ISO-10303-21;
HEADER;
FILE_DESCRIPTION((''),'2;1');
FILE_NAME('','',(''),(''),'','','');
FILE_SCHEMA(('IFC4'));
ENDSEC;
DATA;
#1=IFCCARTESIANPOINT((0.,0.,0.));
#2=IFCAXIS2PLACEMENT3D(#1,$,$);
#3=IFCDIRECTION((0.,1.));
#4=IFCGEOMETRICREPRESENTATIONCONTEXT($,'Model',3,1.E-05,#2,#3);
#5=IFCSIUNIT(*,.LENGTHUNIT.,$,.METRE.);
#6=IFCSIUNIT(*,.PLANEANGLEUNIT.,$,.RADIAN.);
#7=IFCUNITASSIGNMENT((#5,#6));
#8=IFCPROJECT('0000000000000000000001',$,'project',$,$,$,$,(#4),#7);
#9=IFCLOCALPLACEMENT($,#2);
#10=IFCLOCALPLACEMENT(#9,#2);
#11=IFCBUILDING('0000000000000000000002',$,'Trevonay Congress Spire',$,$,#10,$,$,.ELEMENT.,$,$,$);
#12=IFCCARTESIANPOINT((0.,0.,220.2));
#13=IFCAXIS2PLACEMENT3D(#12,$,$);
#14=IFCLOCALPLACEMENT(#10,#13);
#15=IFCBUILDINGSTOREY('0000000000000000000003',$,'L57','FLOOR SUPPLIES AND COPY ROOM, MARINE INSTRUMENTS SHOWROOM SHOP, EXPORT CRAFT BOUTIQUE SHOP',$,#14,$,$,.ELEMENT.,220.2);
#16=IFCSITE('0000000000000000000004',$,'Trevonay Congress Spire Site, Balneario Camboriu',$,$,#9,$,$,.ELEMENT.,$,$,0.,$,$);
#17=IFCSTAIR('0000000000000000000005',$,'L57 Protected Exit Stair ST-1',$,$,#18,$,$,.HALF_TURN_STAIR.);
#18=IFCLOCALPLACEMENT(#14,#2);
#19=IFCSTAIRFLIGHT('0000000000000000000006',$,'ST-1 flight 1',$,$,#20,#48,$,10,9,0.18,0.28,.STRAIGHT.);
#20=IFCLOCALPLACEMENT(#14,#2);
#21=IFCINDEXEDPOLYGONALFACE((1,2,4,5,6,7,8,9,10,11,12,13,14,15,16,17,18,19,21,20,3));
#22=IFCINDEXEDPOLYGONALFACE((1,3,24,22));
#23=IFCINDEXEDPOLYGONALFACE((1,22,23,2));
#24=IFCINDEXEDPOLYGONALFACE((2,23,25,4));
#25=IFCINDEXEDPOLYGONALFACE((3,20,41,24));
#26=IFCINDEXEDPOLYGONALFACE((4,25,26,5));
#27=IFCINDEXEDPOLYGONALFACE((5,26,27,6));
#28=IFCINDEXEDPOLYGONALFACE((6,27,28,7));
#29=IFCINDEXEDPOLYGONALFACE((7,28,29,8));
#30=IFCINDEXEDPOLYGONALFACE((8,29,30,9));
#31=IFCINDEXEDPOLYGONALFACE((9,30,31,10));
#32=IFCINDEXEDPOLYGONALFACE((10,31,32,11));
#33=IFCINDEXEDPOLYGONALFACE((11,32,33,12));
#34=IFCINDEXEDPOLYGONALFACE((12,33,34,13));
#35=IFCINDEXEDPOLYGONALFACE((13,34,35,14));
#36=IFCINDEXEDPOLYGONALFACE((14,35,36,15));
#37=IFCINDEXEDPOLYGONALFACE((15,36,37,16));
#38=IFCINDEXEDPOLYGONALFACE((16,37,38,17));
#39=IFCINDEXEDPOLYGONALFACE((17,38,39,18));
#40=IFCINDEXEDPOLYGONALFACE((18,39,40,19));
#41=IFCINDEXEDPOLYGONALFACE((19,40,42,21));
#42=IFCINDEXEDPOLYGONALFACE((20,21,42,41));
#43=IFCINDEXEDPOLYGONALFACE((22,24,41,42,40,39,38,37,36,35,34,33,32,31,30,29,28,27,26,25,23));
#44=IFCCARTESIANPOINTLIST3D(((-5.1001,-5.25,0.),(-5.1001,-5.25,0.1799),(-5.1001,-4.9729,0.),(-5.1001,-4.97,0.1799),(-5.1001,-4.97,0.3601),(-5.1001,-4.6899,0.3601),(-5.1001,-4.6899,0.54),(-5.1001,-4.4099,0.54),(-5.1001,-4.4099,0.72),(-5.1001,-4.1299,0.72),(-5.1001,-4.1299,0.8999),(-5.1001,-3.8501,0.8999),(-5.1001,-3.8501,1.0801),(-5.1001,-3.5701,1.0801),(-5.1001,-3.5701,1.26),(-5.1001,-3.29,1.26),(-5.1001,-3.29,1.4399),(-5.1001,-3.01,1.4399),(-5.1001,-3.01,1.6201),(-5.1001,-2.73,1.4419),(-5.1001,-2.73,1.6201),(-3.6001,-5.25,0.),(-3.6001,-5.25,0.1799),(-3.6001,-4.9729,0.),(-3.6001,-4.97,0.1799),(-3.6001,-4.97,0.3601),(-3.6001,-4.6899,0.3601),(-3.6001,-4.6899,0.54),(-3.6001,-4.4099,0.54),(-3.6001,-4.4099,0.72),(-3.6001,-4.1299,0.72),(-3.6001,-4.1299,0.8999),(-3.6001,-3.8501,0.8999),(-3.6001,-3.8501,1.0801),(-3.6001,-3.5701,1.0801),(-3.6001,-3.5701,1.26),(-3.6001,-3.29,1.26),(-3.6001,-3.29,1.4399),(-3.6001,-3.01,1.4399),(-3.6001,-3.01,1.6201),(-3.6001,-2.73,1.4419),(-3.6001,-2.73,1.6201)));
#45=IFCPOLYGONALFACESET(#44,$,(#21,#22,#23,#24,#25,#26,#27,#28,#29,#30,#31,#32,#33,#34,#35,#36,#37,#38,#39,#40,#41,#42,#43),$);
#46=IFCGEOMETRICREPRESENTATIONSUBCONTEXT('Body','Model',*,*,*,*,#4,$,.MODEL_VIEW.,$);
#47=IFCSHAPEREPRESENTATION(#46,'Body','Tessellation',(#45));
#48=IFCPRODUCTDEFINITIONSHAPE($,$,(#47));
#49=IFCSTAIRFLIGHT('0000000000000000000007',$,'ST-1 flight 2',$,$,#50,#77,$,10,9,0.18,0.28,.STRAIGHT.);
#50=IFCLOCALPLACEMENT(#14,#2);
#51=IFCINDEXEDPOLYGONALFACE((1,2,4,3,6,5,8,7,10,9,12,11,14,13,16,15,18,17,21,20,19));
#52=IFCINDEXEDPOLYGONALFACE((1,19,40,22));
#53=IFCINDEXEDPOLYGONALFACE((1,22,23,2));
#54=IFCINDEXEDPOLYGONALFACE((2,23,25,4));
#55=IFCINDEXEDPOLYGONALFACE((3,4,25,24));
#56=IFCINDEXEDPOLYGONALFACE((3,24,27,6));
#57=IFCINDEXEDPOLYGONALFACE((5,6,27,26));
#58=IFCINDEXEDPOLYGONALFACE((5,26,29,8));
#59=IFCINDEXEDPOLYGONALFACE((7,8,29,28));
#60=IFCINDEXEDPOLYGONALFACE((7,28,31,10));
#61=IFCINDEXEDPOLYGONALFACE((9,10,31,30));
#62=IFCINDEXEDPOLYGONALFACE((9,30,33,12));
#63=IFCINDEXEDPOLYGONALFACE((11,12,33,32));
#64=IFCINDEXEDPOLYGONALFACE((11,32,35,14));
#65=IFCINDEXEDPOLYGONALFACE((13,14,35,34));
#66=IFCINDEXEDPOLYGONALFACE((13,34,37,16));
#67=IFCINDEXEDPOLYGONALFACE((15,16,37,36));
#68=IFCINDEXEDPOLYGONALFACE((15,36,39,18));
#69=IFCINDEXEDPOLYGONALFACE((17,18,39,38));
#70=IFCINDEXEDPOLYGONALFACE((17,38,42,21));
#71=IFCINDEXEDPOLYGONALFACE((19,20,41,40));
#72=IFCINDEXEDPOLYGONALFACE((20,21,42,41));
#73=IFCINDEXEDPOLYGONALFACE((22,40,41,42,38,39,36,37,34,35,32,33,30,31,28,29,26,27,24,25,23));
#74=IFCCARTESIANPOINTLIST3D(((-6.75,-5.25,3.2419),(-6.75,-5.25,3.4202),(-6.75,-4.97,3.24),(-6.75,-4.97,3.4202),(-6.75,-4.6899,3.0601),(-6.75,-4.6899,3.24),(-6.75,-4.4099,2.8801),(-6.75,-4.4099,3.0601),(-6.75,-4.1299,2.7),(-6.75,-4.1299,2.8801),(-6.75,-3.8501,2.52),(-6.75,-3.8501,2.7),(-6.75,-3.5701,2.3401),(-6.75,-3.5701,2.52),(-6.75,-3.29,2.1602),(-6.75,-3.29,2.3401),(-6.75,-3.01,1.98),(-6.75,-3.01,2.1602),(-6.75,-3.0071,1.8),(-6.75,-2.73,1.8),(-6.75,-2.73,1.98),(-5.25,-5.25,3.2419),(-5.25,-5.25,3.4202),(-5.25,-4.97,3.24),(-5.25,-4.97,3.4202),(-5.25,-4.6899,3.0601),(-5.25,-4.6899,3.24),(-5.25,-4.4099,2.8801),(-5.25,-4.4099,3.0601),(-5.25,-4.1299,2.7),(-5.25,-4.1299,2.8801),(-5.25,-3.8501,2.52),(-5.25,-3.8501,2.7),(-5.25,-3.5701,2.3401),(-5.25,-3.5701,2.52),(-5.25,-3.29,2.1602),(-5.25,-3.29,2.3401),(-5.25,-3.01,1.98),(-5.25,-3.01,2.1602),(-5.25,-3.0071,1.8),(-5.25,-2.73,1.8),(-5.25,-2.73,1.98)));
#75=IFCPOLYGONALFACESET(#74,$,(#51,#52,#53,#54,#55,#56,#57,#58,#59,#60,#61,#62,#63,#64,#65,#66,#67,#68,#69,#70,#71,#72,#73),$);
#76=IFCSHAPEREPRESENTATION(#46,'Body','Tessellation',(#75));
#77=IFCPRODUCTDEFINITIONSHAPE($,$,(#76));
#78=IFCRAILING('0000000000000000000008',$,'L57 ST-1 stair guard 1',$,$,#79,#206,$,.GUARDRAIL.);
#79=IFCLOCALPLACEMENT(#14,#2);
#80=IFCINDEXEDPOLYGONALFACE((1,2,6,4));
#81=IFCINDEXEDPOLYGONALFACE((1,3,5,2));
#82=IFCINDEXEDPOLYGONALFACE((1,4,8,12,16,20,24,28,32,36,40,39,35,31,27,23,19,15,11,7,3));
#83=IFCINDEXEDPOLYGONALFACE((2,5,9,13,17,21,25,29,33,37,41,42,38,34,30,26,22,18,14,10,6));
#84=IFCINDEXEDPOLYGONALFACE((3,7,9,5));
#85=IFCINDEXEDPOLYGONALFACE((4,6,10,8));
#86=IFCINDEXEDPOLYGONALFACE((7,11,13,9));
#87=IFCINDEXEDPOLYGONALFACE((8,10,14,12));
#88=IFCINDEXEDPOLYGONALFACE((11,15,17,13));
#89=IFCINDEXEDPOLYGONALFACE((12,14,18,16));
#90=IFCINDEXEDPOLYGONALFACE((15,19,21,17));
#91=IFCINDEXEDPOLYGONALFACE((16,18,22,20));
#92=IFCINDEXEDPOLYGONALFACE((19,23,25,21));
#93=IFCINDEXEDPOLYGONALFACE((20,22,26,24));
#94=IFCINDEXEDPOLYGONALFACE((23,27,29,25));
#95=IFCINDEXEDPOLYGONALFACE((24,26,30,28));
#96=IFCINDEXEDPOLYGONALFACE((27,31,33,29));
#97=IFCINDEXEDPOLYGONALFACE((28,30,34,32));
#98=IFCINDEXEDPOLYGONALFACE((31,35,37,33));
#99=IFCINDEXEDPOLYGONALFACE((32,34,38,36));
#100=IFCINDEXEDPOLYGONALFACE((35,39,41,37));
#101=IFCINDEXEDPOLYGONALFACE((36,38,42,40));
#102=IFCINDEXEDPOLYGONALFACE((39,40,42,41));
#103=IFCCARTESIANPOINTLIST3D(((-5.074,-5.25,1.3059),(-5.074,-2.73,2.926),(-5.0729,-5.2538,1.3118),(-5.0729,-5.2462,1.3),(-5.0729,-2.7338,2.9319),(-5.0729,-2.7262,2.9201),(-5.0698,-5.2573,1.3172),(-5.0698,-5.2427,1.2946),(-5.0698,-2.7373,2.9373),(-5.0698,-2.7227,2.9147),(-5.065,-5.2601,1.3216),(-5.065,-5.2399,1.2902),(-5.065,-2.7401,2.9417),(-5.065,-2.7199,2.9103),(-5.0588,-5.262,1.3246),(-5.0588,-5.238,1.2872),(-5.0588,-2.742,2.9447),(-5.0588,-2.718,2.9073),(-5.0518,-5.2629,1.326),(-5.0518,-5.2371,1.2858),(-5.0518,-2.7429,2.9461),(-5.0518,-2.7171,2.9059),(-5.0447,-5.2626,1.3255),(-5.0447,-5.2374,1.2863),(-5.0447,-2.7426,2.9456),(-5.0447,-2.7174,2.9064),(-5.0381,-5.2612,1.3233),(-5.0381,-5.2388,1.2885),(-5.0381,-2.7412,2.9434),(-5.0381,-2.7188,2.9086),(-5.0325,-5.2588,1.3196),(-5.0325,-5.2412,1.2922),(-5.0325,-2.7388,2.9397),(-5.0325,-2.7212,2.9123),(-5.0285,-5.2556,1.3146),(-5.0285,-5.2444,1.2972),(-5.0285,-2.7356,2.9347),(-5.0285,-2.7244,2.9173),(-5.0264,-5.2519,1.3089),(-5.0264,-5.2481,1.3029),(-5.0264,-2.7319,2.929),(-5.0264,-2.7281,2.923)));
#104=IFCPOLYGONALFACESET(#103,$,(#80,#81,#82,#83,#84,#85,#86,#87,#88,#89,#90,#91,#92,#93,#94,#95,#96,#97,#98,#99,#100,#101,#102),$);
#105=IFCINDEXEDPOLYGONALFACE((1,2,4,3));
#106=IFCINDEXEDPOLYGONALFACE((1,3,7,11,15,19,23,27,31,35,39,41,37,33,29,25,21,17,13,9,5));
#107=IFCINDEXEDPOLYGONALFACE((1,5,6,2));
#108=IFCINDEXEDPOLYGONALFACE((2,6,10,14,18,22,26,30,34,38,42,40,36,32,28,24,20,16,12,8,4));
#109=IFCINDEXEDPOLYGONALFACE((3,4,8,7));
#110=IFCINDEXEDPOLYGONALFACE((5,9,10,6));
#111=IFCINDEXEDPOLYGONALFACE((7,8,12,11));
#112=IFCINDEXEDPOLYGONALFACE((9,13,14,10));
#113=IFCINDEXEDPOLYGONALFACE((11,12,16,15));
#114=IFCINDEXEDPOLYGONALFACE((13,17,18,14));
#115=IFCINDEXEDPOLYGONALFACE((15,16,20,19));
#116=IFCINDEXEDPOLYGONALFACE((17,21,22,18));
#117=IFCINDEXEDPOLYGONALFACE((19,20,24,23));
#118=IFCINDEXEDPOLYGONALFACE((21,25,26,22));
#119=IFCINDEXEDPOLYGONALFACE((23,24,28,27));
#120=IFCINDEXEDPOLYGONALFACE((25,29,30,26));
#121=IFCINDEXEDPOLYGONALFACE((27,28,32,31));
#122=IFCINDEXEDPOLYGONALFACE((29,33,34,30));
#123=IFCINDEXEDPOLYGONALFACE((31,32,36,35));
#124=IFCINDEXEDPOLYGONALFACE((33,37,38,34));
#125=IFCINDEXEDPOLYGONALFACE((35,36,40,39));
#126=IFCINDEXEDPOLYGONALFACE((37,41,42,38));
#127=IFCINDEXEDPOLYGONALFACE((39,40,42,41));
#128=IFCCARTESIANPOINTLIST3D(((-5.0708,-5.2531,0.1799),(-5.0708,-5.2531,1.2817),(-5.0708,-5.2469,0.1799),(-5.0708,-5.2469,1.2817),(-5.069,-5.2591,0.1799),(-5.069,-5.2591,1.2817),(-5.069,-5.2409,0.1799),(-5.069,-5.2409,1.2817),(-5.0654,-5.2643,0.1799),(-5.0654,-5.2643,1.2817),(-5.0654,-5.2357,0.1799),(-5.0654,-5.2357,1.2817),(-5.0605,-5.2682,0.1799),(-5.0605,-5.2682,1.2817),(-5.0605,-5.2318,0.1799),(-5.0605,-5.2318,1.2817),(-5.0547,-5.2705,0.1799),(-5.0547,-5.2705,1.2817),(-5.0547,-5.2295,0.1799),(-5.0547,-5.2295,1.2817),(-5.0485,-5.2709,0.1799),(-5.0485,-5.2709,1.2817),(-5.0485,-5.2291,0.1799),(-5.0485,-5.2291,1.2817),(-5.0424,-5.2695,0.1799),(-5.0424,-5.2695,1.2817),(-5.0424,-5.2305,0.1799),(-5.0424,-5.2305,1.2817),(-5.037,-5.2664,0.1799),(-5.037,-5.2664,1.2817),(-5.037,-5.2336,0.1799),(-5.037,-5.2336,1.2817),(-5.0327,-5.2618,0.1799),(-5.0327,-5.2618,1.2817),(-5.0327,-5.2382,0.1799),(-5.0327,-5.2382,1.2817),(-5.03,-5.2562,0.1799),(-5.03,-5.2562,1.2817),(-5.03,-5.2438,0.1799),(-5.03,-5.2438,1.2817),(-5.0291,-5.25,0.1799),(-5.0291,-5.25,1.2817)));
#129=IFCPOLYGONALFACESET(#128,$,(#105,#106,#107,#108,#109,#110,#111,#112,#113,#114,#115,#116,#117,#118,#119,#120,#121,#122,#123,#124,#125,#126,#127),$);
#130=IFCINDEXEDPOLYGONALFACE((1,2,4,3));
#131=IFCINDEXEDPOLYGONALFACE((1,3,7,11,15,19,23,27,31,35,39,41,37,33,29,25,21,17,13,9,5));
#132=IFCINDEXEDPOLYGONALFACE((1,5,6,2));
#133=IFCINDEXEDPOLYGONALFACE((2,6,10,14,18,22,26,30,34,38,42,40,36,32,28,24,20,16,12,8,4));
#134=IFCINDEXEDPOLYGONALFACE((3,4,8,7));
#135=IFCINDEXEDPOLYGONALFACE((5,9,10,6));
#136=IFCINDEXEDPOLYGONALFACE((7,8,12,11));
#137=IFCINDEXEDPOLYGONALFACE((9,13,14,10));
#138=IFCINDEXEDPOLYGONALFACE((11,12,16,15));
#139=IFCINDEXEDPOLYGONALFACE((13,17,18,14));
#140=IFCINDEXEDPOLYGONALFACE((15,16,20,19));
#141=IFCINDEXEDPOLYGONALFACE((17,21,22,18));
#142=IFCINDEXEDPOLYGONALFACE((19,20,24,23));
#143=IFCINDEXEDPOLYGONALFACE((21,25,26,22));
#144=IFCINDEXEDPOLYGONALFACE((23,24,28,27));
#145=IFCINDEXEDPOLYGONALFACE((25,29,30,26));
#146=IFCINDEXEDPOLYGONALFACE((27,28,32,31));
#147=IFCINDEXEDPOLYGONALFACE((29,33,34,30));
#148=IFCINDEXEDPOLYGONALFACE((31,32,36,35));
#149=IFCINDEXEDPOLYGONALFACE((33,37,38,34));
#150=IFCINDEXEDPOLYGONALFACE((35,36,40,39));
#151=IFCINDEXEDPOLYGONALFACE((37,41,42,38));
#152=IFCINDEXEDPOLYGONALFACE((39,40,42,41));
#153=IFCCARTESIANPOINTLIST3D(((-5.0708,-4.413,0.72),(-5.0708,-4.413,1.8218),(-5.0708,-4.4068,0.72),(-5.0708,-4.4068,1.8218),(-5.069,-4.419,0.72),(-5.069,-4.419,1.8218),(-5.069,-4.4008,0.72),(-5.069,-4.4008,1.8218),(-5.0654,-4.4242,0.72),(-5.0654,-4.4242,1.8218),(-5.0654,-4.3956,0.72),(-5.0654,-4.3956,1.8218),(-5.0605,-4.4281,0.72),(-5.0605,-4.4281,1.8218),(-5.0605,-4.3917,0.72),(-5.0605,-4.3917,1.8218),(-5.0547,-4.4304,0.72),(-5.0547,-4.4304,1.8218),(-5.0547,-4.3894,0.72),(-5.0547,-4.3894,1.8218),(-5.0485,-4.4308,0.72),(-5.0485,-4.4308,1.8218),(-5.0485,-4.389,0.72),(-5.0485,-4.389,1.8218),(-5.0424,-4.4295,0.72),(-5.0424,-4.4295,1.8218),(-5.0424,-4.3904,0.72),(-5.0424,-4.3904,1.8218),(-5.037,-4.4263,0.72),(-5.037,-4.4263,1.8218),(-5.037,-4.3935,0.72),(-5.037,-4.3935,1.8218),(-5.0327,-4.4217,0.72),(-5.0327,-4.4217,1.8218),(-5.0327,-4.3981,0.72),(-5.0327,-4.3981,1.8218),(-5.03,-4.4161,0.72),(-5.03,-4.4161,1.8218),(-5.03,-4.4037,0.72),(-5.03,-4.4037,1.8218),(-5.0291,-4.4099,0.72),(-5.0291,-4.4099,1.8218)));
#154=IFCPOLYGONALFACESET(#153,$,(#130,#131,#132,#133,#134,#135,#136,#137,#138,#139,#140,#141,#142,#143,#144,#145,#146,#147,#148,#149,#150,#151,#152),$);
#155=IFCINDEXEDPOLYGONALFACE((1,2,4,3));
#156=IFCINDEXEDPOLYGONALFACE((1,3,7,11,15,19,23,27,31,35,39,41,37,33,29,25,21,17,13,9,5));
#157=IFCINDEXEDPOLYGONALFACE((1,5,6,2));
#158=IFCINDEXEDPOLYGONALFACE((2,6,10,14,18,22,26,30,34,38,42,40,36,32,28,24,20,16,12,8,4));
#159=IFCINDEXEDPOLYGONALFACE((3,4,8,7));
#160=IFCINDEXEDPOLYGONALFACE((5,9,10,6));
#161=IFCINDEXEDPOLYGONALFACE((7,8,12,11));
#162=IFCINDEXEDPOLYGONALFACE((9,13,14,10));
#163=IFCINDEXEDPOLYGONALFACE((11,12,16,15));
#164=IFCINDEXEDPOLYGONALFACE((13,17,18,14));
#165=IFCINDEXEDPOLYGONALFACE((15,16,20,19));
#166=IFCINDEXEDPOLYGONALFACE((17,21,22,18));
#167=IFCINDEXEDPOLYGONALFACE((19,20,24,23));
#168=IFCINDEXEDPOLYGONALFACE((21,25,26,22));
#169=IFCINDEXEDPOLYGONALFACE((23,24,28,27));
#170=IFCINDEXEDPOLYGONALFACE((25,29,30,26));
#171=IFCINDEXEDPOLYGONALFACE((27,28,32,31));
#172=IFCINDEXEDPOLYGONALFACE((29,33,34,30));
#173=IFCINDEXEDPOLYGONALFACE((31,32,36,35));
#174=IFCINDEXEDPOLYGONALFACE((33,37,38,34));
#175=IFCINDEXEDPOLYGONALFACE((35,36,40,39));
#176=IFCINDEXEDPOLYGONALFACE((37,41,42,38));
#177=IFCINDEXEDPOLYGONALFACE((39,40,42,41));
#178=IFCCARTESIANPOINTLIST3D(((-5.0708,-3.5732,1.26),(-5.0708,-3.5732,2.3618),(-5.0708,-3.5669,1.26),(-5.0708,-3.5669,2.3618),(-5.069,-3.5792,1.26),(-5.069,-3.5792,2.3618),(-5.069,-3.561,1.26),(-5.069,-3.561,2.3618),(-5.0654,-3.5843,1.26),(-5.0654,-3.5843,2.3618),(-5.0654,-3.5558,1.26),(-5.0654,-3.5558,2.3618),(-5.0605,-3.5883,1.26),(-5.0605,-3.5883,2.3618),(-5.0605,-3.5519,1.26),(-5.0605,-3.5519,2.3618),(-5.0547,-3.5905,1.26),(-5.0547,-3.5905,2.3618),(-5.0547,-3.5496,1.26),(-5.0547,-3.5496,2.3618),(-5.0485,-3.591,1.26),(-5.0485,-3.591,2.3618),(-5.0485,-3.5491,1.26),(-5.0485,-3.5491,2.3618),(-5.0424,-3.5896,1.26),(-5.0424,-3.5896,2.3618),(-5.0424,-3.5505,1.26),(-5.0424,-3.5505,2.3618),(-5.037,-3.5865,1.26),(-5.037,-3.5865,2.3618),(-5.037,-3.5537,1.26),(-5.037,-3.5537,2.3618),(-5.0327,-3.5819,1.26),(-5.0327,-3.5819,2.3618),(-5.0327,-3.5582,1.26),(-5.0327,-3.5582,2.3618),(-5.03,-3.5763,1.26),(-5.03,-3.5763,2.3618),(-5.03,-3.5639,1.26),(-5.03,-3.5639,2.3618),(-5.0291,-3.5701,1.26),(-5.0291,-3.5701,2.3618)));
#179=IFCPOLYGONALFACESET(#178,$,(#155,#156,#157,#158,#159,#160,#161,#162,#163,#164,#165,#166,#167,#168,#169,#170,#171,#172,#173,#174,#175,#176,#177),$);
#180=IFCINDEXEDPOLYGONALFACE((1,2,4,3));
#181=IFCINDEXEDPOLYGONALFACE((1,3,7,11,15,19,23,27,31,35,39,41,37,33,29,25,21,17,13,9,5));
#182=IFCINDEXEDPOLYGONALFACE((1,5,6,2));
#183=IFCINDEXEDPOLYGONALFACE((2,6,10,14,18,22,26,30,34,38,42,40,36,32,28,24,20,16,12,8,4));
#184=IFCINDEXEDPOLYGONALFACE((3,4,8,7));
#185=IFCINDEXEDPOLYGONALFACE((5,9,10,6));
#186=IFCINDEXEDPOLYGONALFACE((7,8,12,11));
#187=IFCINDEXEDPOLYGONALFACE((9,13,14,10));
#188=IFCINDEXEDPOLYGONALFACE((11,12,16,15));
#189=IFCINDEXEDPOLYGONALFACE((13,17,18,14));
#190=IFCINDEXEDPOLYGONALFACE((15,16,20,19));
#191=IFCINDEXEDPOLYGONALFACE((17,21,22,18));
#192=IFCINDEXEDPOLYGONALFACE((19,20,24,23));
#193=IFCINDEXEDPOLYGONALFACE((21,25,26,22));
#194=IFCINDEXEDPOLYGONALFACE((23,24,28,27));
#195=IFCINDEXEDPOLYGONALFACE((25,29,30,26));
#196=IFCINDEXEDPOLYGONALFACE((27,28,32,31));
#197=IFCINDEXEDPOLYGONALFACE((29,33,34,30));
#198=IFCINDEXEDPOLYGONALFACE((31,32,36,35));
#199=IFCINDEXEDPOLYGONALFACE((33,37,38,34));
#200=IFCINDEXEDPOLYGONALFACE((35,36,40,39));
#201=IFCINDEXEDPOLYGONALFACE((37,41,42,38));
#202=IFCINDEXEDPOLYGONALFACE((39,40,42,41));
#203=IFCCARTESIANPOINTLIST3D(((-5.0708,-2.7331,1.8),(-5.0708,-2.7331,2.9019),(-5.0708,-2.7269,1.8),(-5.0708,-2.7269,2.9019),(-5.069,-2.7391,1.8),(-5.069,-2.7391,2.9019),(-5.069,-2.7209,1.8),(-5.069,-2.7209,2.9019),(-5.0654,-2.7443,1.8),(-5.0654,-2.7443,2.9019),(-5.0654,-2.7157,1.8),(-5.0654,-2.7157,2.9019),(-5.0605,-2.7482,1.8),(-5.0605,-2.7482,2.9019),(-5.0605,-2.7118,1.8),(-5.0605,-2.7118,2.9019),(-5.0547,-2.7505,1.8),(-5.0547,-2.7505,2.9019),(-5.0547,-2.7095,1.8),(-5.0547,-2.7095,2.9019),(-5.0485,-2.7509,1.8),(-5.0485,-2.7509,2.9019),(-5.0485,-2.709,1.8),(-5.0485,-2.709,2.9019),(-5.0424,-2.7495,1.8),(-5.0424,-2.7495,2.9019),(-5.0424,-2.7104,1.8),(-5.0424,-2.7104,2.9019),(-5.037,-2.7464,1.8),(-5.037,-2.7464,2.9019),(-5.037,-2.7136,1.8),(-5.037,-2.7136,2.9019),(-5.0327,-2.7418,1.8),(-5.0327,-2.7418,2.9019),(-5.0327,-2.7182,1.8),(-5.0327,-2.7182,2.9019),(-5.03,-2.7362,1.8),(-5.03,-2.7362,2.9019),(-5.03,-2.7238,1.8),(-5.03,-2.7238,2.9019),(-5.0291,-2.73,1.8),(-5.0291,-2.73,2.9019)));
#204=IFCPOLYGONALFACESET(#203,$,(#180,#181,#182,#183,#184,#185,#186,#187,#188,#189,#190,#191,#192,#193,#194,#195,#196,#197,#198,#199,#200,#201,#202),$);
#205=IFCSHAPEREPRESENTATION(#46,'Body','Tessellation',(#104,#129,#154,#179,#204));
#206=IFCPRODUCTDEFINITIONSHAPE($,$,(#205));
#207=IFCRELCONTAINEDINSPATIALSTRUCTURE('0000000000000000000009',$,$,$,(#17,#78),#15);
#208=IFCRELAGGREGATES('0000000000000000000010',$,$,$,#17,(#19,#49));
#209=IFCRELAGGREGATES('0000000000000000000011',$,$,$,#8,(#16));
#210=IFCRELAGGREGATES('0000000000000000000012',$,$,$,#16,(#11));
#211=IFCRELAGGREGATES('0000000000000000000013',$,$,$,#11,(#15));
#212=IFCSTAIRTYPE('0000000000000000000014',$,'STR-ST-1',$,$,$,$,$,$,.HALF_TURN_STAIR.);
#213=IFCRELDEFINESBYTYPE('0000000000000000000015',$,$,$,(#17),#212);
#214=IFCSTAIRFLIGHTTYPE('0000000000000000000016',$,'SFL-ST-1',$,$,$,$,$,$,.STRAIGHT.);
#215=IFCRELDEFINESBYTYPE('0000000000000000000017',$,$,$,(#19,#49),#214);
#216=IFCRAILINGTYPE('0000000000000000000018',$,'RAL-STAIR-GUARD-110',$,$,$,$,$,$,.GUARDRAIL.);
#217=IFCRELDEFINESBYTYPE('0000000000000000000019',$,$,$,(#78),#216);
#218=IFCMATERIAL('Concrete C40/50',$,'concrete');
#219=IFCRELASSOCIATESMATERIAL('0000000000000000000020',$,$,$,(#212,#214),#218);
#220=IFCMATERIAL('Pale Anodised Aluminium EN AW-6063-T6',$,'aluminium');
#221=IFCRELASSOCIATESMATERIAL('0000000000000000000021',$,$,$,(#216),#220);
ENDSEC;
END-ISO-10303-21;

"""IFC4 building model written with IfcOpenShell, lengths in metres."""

from ifc_helpers import new_model, si_unit, direction, frame, origin, origin_2d, place, context, subcontext, project, spatial, polyline, circle, outline, extrude, material, type_object, element, aggregate, save


model = new_model("IFC4")

# Units and contexts
model_context = context("Model", 3, precision=1e-05, world=origin(), true_north=direction((0.0, 1.0)))
body_context = subcontext(model_context, "Body", "Model", "MODEL_VIEW")
ifc_project = project(units=[si_unit("LENGTHUNIT", "METRE"), si_unit("PLANEANGLEUNIT", "RADIAN")], contexts=[model_context])

# Site, building, storey
site_placement = place(None, origin())
site = spatial("IfcSite", under=ifc_project, at=site_placement, Name="Trevonay Congress Spire Site, Balneario Camboriu", CompositionType="ELEMENT", RefElevation=0.0)
building_placement = place(site_placement, origin())
building = spatial("IfcBuilding", under=site, at=building_placement, Name="Trevonay Congress Spire", CompositionType="ELEMENT")
storey_placement = place(building_placement, frame((0.0, 0.0, 220.2)))
storey = spatial("IfcBuildingStorey", under=building, at=storey_placement, Name="L57", Description="FLOOR SUPPLIES AND COPY ROOM, MARINE INSTRUMENTS SHOWROOM SHOP, EXPORT CRAFT BOUTIQUE SHOP", CompositionType="ELEMENT", Elevation=220.2)

# Shared definitions
ifc_material_1 = material(Name="Concrete C40/50", Category="concrete")

# Stair, stair flights
stair_type = type_object("IfcStairType", Name="STR-ST-1", PredefinedType="HALF_TURN_STAIR", material=ifc_material_1)
stair_placement = place(storey_placement, origin())
stair = element("IfcStair", 1, at=stair_placement, inside=storey, type_object=stair_type, Name="L57 Protected Exit Stair ST-1", PredefinedType="HALF_TURN_STAIR")
stair_flight_type = type_object("IfcStairFlightType", Name="SFL-ST-1", PredefinedType="STRAIGHT", material=ifc_material_1)
stair_flight_1_placement = place(storey_placement, frame((-4.3501, -5.25, 0.0), z_axis=(0.0, 0.0, 1.0), x_axis=(0.0, 1.0, 0.0)))
stair_flight_1 = element("IfcStairFlight", 2, at=stair_flight_1_placement, type_object=stair_flight_type, Name="ST-1 flight 1", NumberOfRisers=10, NumberOfTreads=9, PredefinedType="STRAIGHT", RiserHeight=0.18, TreadLength=0.28, context=body_context, shape_type="SweptSolid", body=[
    extrude(outline(polyline([(0.0, 0.0), (0.0, 0.1799), (0.28, 0.1799), (0.28, 0.3601), (0.5601, 0.3601), (0.5601, 0.54), (0.8401, 0.54), (0.8401, 0.72), (1.1201, 0.72), (1.1201, 0.8999), (1.3999, 0.8999), (1.3999, 1.0801), (1.6799, 1.0801), (1.6799, 1.26), (1.96, 1.26), (1.96, 1.4399), (2.24, 1.4399), (2.24, 1.6201), (2.52, 1.6201), (2.52, 1.8), (2.52, 1.4419), (0.2771, 0.0), (0.0, 0.0)])), frame((0.0, 0.75, 0.0), z_axis=(0.0, -1.0, 0.0), x_axis=(1.0, 0.0, 0.0)), (0.0, 0.0, 1.0), 1.5),
])
stair_flight_2_placement = place(storey_placement, frame((-6.0, -2.73, 1.8), z_axis=(0.0, 0.0, 1.0), x_axis=(0.0, -1.0, 0.0)))
stair_flight_2 = element("IfcStairFlight", 3, at=stair_flight_2_placement, type_object=stair_flight_type, Name="ST-1 flight 2", NumberOfRisers=10, NumberOfTreads=9, PredefinedType="STRAIGHT", RiserHeight=0.18, TreadLength=0.28, context=body_context, shape_type="SweptSolid", body=[
    extrude(outline(polyline([(0.0, 0.0), (0.0, 0.1799), (0.28, 0.1799), (0.28, 0.3601), (0.5601, 0.3601), (0.5601, 0.54), (0.8401, 0.54), (0.8401, 0.72), (1.1201, 0.72), (1.1201, 0.8999), (1.3999, 0.8999), (1.3999, 1.0801), (1.6799, 1.0801), (1.6799, 1.26), (1.96, 1.26), (1.96, 1.4399), (2.24, 1.4399), (2.24, 1.6201), (2.52, 1.6201), (2.52, 1.8), (2.52, 1.4419), (0.2771, 0.0), (0.0, 0.0)])), frame((0.0, 0.75, 0.0), z_axis=(0.0, -1.0, 0.0), x_axis=(1.0, 0.0, 0.0)), (0.0, 0.0, 1.0), 1.5),
])
aggregate(stair, [stair_flight_1, stair_flight_2])

# Railing
ifc_material_2 = material(Name="Pale Anodised Aluminium EN AW-6063-T6", Category="aluminium")
railing_type_1 = type_object("IfcRailingType", Name="RAL-STAIR-GUARD-110", PredefinedType="GUARDRAIL", material=ifc_material_2)
railing_1_placement = place(storey_placement, frame((-5.05, -5.25, 0.1799)))
element("IfcRailing", 4, at=railing_1_placement, inside=storey, type_object=railing_type_1, Name="L57 ST-1 stair guard 1", PredefinedType="GUARDRAIL", context=body_context, shape_type="SweptSolid", body=[
    extrude(circle(Radius=0.0239, at=origin_2d()), frame((0.0, 0.0, 1.126), z_axis=(0.0, 0.841163, 0.540782), x_axis=(-1.0, 0.0, 0.0)), (0.0, 0.0, 1.0), 2.9958),
    extrude(circle(Radius=0.021, at=origin_2d()), origin(), (0.0, 0.0, 1.0), 1.1018),
    extrude(circle(Radius=0.021, at=origin_2d()), frame((0.0, 0.8401, 0.54)), (0.0, 0.0, 1.0), 1.1018),
    extrude(circle(Radius=0.021, at=origin_2d()), frame((0.0, 1.6799, 1.0801)), (0.0, 0.0, 1.0), 1.1018),
    extrude(circle(Radius=0.021, at=origin_2d()), frame((0.0, 2.52, 1.6201)), (0.0, 0.0, 1.0), 1.1018),
])

save(model, "model.ifc")
